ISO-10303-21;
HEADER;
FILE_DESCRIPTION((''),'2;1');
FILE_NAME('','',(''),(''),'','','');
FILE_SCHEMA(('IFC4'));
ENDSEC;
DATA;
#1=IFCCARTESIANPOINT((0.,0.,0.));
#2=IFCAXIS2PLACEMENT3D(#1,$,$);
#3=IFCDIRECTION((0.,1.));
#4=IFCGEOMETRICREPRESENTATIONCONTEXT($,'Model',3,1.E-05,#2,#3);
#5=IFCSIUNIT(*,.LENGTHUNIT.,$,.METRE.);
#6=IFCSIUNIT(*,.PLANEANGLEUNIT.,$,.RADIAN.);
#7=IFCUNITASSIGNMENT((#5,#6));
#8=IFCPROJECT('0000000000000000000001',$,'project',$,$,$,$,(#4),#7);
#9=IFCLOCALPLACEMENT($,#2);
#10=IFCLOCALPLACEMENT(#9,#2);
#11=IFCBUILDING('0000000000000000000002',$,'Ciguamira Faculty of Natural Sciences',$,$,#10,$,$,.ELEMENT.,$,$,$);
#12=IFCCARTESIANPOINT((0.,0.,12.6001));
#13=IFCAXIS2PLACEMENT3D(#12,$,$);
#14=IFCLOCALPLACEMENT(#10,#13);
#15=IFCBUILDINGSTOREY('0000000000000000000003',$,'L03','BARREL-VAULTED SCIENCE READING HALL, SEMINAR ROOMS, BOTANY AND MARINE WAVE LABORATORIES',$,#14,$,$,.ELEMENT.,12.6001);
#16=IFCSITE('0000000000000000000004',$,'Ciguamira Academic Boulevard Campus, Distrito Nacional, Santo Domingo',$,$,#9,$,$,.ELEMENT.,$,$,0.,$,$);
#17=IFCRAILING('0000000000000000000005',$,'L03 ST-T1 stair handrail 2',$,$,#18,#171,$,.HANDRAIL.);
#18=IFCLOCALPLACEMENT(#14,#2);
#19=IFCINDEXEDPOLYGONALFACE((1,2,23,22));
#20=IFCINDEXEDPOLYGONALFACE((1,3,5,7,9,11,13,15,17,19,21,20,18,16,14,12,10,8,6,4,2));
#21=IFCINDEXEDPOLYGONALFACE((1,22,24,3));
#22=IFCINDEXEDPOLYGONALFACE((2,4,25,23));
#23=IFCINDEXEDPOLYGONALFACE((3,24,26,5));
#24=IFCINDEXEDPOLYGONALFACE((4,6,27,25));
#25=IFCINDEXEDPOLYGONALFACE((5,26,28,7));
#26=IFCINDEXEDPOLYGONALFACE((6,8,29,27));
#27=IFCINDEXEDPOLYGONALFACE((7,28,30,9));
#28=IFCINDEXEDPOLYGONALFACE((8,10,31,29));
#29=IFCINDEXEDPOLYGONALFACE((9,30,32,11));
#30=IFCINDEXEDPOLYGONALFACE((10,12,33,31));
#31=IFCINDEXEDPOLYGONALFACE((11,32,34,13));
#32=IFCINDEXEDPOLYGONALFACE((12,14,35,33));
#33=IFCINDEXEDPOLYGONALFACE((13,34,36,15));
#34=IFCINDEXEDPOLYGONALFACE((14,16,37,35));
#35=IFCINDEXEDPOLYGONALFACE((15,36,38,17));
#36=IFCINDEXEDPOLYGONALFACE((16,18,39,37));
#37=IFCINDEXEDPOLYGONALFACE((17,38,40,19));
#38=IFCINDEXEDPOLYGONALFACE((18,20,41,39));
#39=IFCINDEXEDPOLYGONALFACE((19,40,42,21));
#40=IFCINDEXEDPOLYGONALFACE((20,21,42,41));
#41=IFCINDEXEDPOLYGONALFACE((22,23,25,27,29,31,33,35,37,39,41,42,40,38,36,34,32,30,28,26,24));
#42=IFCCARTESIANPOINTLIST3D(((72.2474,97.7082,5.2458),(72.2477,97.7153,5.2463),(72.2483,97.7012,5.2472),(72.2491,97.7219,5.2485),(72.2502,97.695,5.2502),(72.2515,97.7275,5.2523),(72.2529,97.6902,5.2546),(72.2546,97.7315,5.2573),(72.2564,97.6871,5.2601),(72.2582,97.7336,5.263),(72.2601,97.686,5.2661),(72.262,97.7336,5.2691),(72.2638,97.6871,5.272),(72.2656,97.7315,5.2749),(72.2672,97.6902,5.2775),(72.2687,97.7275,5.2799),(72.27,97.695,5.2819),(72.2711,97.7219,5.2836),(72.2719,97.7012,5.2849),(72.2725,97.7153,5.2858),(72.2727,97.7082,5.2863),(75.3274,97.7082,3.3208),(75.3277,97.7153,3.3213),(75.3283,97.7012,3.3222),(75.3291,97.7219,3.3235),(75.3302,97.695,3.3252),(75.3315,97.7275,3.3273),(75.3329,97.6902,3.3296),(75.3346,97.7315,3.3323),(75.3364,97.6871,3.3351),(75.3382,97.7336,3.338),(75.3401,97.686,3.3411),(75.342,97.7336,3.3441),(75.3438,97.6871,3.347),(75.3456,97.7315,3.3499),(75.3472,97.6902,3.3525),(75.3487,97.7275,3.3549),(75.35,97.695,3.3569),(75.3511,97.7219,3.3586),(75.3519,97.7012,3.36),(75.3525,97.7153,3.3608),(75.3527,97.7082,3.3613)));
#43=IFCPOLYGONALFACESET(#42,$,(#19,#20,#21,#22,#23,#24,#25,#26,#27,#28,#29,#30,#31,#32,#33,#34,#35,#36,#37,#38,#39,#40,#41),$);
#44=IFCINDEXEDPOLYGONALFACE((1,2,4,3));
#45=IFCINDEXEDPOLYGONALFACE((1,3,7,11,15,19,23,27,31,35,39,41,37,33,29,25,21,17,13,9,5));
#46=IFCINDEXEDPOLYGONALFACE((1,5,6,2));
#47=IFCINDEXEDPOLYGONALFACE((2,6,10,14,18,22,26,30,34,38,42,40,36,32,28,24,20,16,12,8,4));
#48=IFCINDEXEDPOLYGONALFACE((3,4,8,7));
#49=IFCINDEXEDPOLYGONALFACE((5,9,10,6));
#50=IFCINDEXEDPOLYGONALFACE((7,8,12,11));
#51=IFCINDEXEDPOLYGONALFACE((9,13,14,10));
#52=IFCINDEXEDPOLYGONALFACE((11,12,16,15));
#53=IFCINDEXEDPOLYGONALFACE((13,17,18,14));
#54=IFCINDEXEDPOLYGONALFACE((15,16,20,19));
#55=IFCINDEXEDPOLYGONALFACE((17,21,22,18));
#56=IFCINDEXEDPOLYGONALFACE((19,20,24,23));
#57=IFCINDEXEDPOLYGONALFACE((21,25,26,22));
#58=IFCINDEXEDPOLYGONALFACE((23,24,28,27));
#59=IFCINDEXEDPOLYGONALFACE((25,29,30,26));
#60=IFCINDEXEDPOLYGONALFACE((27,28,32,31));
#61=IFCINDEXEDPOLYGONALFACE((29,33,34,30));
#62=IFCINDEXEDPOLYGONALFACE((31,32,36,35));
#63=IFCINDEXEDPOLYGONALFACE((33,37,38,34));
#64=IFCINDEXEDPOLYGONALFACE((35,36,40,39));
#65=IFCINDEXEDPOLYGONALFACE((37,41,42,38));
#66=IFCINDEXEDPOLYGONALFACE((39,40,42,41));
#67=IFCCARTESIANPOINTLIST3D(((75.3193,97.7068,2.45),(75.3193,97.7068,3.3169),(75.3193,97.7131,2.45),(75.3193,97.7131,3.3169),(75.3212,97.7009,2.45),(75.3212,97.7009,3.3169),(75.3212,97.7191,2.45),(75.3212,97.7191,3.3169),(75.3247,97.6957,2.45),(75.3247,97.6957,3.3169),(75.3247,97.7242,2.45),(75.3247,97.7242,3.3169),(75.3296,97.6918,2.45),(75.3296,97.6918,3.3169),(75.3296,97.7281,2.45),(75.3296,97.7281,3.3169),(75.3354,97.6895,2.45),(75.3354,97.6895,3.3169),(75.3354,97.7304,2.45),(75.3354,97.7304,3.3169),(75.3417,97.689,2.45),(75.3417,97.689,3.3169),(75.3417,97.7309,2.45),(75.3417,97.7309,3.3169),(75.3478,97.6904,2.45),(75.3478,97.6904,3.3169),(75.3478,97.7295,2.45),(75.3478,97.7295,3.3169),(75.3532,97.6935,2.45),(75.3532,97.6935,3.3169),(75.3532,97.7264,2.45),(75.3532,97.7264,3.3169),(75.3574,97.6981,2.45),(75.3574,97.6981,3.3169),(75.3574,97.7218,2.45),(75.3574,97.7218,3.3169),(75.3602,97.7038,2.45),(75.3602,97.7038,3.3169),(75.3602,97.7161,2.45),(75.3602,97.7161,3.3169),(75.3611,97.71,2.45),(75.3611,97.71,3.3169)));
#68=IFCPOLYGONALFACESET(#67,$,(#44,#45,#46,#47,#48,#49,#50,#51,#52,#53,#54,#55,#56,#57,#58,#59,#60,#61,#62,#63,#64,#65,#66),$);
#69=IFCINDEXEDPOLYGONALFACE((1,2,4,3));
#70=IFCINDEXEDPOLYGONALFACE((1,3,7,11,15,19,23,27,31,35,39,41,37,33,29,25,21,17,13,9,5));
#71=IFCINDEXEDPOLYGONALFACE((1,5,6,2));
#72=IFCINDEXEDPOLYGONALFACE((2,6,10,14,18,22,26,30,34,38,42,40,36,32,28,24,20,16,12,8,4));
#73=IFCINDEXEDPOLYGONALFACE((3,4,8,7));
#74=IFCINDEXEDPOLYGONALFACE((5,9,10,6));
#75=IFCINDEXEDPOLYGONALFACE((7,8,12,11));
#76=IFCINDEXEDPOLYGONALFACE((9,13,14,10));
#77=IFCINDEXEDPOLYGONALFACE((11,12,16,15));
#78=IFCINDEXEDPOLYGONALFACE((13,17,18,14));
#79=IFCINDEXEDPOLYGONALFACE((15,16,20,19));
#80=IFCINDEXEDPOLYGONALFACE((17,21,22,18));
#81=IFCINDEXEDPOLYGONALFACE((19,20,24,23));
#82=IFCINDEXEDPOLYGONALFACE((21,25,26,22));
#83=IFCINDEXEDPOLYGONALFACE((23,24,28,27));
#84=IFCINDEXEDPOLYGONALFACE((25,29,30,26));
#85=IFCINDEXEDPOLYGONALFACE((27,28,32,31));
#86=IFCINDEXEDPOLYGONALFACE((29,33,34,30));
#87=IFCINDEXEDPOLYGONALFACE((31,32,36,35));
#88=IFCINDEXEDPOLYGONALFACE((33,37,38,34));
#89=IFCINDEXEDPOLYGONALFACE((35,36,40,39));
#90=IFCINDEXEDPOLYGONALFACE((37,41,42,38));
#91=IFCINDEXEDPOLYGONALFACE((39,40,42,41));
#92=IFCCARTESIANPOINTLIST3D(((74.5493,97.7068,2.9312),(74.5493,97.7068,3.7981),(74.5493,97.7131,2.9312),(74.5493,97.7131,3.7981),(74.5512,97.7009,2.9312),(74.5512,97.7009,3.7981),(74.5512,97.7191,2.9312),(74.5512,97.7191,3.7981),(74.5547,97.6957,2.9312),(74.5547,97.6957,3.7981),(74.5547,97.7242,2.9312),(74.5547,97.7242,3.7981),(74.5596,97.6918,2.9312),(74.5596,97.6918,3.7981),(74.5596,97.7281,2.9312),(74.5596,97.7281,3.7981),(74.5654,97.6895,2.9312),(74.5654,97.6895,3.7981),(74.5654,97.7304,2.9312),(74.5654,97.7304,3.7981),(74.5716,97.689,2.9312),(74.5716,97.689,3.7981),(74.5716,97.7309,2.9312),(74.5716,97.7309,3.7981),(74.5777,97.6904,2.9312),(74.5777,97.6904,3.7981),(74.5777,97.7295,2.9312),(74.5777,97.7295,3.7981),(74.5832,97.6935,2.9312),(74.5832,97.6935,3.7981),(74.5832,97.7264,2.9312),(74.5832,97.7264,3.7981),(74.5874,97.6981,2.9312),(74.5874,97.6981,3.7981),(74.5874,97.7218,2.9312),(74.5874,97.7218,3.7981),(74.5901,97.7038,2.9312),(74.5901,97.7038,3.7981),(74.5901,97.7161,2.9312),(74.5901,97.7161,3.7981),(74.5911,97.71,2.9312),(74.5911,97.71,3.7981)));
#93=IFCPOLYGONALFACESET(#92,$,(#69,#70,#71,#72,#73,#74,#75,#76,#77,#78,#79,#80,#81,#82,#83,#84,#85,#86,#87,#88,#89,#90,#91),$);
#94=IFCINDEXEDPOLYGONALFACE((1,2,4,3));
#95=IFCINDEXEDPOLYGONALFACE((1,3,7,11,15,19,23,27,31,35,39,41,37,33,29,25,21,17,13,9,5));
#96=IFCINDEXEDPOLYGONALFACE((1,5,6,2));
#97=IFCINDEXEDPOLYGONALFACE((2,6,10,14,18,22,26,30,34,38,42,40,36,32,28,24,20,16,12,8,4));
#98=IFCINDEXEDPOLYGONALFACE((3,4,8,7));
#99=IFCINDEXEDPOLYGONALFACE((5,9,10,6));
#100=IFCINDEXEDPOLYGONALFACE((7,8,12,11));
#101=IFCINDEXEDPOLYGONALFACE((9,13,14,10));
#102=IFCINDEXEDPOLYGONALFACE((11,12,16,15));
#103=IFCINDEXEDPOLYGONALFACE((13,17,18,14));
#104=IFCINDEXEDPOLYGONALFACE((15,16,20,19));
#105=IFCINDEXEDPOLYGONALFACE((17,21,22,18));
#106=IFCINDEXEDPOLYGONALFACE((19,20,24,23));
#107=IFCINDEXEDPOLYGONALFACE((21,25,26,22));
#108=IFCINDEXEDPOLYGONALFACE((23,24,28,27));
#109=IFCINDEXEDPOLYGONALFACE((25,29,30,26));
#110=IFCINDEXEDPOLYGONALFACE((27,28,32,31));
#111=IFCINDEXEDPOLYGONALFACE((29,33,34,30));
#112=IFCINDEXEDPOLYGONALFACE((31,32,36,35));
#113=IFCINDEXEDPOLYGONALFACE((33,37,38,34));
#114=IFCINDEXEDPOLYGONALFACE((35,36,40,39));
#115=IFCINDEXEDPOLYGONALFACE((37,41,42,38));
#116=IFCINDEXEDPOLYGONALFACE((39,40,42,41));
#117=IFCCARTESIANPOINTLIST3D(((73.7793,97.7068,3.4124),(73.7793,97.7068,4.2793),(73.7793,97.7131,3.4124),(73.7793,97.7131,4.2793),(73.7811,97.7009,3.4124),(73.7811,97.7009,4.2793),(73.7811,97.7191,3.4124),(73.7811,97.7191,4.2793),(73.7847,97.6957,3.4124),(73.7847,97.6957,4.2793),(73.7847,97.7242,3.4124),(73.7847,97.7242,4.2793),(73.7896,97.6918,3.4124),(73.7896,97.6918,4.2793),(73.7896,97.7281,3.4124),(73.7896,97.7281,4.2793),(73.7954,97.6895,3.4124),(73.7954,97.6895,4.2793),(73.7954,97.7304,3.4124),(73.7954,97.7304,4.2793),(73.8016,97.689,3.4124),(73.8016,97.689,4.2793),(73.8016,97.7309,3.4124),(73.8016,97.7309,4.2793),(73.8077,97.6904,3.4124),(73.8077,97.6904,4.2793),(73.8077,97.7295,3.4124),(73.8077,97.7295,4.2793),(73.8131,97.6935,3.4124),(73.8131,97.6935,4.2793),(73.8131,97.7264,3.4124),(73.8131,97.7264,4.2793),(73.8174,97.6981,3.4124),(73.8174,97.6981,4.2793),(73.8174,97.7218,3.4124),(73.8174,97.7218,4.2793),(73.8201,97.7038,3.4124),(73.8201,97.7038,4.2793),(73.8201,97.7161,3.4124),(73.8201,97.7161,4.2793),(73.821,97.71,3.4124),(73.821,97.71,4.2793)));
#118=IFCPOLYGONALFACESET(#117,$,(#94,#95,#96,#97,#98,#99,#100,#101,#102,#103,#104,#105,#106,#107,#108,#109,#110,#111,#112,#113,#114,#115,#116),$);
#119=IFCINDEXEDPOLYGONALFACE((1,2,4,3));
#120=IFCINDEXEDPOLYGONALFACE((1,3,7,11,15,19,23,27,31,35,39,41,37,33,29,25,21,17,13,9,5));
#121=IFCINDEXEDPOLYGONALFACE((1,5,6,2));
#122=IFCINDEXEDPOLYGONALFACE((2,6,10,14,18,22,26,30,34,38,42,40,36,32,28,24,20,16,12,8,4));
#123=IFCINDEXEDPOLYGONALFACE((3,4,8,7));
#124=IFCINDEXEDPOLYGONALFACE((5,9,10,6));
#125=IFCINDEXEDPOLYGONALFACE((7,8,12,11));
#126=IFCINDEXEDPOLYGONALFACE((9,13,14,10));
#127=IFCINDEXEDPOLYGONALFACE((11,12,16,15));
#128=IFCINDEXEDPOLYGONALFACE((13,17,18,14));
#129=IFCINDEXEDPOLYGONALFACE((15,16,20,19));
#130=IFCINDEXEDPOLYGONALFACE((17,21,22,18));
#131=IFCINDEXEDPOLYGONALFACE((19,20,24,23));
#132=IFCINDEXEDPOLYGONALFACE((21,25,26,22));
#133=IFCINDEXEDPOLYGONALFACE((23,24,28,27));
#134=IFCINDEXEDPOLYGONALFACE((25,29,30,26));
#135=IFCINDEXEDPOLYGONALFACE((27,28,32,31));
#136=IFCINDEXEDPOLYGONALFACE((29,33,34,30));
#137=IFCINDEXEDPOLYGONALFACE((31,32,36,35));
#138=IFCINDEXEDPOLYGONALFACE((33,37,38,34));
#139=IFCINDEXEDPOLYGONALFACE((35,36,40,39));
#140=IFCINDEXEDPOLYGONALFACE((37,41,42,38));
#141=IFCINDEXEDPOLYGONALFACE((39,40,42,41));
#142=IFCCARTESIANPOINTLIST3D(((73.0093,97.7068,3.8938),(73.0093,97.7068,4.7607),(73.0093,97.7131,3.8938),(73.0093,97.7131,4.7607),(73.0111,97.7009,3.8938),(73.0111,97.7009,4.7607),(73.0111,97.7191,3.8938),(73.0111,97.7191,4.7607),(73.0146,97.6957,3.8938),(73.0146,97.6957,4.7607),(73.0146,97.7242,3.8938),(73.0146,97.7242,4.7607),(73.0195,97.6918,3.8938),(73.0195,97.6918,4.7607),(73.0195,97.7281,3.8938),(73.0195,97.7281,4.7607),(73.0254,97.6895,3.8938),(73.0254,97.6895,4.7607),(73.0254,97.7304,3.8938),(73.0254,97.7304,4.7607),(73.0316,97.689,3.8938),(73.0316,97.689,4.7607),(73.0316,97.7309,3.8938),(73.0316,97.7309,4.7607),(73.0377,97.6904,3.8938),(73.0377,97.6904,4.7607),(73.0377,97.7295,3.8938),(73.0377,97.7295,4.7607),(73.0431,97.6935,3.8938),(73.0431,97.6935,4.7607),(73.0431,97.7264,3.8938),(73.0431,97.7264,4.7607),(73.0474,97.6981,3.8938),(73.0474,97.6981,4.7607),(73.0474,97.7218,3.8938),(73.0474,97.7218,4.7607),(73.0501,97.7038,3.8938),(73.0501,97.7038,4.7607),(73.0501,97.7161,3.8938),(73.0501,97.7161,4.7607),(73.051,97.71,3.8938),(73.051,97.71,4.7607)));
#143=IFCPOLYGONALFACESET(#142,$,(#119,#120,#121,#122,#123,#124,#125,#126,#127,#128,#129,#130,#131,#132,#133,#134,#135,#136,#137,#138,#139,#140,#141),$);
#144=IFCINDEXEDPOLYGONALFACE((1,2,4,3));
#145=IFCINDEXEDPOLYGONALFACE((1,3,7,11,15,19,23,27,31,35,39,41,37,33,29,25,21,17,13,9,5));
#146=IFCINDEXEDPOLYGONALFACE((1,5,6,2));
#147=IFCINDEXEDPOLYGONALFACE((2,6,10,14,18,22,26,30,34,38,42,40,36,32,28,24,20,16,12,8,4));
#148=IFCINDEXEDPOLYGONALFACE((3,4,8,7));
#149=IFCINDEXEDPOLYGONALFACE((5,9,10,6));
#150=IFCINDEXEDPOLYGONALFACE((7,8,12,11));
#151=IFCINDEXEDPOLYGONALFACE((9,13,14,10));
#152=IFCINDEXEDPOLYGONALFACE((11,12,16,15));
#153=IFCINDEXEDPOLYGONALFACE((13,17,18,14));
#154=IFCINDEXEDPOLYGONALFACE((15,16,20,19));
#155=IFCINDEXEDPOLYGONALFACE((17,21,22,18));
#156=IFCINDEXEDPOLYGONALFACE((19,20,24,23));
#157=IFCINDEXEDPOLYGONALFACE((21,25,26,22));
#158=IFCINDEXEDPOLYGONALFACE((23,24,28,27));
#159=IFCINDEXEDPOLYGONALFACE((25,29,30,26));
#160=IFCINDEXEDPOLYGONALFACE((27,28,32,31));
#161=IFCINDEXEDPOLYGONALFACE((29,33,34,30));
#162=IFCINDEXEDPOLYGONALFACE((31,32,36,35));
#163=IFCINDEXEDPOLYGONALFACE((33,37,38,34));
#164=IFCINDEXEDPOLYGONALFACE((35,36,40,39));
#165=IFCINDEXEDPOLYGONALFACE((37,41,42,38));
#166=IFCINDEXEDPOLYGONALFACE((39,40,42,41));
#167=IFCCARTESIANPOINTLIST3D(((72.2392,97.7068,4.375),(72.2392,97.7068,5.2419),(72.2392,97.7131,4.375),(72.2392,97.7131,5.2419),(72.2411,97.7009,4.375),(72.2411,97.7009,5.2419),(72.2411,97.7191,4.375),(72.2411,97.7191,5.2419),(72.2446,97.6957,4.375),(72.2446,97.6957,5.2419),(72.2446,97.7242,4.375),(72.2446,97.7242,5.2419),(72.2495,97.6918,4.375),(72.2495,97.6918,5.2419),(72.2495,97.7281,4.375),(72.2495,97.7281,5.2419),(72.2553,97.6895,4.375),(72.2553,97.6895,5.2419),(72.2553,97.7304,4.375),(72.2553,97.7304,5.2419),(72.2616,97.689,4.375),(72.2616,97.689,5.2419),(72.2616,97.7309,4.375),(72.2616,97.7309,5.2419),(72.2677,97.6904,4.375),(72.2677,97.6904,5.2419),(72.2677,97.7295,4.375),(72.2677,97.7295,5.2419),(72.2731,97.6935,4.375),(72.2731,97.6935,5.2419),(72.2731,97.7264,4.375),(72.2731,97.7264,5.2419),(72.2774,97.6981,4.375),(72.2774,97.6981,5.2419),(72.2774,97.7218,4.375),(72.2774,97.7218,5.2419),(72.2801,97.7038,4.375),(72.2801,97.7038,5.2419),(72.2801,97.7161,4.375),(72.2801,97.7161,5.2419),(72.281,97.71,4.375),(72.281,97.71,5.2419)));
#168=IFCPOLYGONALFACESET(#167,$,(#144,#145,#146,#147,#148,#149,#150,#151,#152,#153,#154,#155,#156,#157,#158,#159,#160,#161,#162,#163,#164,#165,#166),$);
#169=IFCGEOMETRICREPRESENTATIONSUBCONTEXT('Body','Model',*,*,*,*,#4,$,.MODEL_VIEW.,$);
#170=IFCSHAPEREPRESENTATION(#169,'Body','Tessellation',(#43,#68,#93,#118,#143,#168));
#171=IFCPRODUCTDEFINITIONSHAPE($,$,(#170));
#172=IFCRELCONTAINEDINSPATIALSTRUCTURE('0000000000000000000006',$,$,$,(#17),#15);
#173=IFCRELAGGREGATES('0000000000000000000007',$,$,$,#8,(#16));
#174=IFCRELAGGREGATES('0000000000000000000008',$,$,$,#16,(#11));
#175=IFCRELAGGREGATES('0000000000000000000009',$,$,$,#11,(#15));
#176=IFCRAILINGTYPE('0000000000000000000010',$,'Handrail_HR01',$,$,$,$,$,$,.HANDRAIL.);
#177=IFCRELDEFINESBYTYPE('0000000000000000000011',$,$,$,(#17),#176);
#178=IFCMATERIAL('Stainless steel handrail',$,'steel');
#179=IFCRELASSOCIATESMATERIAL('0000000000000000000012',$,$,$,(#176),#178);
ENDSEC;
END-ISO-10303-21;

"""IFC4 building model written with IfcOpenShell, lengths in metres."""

from ifc_helpers import new_model, si_unit, direction, frame, origin, origin_2d, place, context, subcontext, project, spatial, circle, extrude, material, type_object, element, save


model = new_model("IFC4")

# Units and contexts
model_context = context("Model", 3, precision=1e-05, world=origin(), true_north=direction((0.0, 1.0)))
body_context = subcontext(model_context, "Body", "Model", "MODEL_VIEW")
ifc_project = project(units=[si_unit("LENGTHUNIT", "METRE"), si_unit("PLANEANGLEUNIT", "RADIAN")], contexts=[model_context])

# Site, building, storey
site_placement = place(None, origin())
site = spatial("IfcSite", under=ifc_project, at=site_placement, Name="Ciguamira Academic Boulevard Campus, Distrito Nacional, Santo Domingo", CompositionType="ELEMENT", RefElevation=0.0)
building_placement = place(site_placement, origin())
building = spatial("IfcBuilding", under=site, at=building_placement, Name="Ciguamira Faculty of Natural Sciences", CompositionType="ELEMENT")
storey_placement = place(building_placement, frame((0.0, 0.0, 12.6001)))
storey = spatial("IfcBuildingStorey", under=building, at=storey_placement, Name="L03", Description="BARREL-VAULTED SCIENCE READING HALL, SEMINAR ROOMS, BOTANY AND MARINE WAVE LABORATORIES", CompositionType="ELEMENT", Elevation=12.6001)

# Railing
ifc_material_1 = material(Name="Stainless steel handrail", Category="steel")
railing_type_1 = type_object("IfcRailingType", Name="Handrail_HR01", PredefinedType="HANDRAIL", material=ifc_material_1)
railing_1_placement = place(storey_placement, frame((75.3401, 97.71, 2.45)))
element("IfcRailing", 1, at=railing_1_placement, inside=storey, type_object=railing_type_1, Name="L03 ST-T1 stair handrail 2", PredefinedType="HANDRAIL", context=body_context, shape_type="SweptSolid", body=[
    extrude(circle(Radius=0.0239, at=origin_2d()), frame((0.0, 0.0, 0.8911), z_axis=(-0.847998, 0.0, 0.529999), x_axis=(0.0, -1.0, 0.0)), (0.0, 0.0, 1.0), 3.6321),
    extrude(circle(Radius=0.021, at=origin_2d()), origin(), (0.0, 0.0, 1.0), 0.8669),
    extrude(circle(Radius=0.021, at=origin_2d()), frame((-0.77, 0.0, 0.4812)), (0.0, 0.0, 1.0), 0.8669),
    extrude(circle(Radius=0.021, at=origin_2d()), frame((-1.54, 0.0, 0.9624)), (0.0, 0.0, 1.0), 0.8669),
    extrude(circle(Radius=0.021, at=origin_2d()), frame((-2.3101, 0.0, 1.4438)), (0.0, 0.0, 1.0), 0.8669),
    extrude(circle(Radius=0.021, at=origin_2d()), frame((-3.0801, 0.0, 1.925)), (0.0, 0.0, 1.0), 0.8669),
])

save(model, "model.ifc")
